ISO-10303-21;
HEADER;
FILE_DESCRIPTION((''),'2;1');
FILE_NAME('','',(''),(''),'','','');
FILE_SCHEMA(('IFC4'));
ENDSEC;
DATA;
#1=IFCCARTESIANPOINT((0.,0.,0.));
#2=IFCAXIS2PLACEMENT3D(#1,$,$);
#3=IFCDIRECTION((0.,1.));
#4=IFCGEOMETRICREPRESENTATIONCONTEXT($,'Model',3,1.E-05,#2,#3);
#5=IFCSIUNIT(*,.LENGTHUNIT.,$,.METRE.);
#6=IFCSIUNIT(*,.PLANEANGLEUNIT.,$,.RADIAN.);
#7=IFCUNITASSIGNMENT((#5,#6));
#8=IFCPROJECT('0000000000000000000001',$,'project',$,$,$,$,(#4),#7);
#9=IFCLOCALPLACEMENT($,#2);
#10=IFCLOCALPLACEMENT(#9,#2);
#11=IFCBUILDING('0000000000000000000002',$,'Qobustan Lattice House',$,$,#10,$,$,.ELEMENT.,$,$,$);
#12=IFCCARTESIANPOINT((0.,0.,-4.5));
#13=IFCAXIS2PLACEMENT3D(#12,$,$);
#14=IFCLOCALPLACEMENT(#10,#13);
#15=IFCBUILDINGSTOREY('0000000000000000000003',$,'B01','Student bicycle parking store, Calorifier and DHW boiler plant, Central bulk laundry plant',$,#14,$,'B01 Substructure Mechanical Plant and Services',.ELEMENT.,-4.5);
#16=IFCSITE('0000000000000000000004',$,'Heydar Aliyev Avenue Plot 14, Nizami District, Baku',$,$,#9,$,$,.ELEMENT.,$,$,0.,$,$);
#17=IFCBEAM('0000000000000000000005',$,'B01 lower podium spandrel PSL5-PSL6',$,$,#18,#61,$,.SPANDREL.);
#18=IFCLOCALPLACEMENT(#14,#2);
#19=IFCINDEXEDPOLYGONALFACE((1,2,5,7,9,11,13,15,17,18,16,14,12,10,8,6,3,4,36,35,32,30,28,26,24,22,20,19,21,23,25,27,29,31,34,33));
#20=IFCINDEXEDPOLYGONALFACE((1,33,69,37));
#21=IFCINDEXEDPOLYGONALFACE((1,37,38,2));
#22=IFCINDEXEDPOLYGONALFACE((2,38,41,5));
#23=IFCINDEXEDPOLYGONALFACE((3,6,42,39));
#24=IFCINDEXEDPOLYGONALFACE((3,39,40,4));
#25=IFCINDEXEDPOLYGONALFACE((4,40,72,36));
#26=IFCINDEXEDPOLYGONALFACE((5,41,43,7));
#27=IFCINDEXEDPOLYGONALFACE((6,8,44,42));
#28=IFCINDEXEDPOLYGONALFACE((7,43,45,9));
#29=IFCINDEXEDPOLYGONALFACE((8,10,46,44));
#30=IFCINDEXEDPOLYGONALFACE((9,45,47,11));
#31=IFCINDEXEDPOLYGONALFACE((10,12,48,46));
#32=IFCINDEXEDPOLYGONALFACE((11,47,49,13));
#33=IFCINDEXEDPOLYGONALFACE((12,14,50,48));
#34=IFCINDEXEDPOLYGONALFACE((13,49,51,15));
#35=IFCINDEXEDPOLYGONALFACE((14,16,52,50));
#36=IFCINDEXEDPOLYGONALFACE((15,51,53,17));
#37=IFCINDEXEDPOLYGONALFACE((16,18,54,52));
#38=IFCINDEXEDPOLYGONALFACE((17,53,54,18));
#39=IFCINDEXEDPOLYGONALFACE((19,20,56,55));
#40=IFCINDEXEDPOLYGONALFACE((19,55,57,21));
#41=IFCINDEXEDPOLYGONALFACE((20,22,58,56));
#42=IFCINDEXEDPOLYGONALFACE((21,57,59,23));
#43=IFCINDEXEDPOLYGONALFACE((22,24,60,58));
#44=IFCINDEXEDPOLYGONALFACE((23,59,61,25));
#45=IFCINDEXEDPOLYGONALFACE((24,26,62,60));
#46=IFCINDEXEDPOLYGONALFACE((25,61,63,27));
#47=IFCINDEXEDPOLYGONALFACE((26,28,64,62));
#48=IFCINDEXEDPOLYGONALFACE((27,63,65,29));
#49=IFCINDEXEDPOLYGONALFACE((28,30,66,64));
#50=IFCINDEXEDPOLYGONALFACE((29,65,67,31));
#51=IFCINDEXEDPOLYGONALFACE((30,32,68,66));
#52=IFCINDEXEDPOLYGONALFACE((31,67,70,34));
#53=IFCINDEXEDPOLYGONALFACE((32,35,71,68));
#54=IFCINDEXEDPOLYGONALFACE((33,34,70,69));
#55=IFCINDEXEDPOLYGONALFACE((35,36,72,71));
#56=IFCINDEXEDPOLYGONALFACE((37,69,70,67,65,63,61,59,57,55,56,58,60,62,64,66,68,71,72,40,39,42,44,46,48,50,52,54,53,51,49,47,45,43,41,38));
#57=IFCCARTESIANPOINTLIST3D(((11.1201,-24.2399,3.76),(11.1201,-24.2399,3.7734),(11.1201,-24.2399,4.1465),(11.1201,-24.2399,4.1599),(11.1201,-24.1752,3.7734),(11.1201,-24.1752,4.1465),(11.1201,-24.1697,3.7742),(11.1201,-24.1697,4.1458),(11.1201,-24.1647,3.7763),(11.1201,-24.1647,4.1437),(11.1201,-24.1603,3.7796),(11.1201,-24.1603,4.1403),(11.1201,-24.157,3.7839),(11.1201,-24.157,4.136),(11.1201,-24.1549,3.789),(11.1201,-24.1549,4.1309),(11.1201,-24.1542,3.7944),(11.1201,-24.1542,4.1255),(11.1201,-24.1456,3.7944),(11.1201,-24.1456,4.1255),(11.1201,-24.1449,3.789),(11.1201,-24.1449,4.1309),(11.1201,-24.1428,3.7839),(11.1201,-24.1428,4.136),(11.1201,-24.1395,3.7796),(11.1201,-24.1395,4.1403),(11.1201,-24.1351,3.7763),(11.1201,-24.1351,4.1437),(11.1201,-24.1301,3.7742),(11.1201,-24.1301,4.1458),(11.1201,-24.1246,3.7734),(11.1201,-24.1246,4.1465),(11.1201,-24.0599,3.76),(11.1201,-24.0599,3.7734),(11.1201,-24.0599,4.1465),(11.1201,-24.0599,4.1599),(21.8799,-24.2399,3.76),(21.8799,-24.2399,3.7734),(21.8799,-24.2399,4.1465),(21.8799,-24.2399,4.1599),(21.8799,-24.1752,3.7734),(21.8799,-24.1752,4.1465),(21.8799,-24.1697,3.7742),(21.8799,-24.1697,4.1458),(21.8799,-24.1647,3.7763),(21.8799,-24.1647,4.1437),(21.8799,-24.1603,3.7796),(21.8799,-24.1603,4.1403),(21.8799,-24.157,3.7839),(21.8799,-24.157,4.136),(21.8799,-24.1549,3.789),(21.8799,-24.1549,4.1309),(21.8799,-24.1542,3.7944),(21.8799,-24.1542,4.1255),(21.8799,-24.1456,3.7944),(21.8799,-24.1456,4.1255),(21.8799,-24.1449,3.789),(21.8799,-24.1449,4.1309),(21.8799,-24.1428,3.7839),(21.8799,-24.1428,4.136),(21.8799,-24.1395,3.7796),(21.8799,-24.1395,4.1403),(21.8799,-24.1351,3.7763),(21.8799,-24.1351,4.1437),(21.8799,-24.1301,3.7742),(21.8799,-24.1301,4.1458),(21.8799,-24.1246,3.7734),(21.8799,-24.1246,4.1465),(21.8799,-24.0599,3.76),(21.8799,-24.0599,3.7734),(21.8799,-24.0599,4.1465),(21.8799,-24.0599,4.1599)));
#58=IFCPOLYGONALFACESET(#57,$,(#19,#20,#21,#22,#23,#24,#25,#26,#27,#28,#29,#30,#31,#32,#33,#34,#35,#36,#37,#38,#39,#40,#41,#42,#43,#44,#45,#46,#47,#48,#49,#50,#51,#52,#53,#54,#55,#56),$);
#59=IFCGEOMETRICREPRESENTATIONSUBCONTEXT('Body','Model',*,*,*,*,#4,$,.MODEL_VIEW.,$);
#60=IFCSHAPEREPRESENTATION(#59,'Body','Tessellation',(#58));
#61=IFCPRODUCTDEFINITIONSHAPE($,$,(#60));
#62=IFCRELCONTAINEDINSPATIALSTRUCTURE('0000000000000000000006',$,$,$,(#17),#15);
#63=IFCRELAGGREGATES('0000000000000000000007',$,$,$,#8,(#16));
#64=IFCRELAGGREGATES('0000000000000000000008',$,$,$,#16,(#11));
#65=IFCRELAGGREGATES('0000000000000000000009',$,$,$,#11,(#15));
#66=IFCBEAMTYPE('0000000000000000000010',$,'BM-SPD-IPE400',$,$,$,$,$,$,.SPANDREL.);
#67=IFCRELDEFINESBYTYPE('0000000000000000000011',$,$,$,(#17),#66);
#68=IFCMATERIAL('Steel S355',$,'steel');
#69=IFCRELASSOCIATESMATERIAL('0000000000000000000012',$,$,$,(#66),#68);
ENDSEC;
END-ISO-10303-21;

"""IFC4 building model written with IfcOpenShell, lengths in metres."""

from ifc_helpers import new_model, si_unit, direction, frame, origin, origin_2d, place, context, subcontext, project, spatial, i_section, extrude, material, material_profile, profile_set, type_object, element, save


model = new_model("IFC4")

# Units and contexts
model_context = context("Model", 3, precision=1e-05, world=origin(), true_north=direction((0.0, 1.0)))
body_context = subcontext(model_context, "Body", "Model", "MODEL_VIEW")
ifc_project = project(units=[si_unit("LENGTHUNIT", "METRE"), si_unit("PLANEANGLEUNIT", "RADIAN")], contexts=[model_context])

# Site, building, storey
site_placement = place(None, origin())
site = spatial("IfcSite", under=ifc_project, at=site_placement, Name="Heydar Aliyev Avenue Plot 14, Nizami District, Baku", CompositionType="ELEMENT", RefElevation=0.0)
building_placement = place(site_placement, origin())
building = spatial("IfcBuilding", under=site, at=building_placement, Name="Qobustan Lattice House", CompositionType="ELEMENT")
storey_placement = place(building_placement, frame((0.0, 0.0, -4.5)))
storey = spatial("IfcBuildingStorey", under=building, at=storey_placement, Name="B01", Description="Student bicycle parking store, Calorifier and DHW boiler plant, Central bulk laundry plant", LongName="B01 Substructure Mechanical Plant and Services", CompositionType="ELEMENT", Elevation=-4.5)

# Beam
ifc_material_1 = material(Name="Steel S355", Category="steel")
ifc_material_profile_1 = material_profile(ifc_material_1, i_section(OverallWidth=0.1799, OverallDepth=0.3999, WebThickness=0.0085, FlangeThickness=0.0134, FilletRadius=0.021, at=origin_2d()), Name="IPE400")
ifc_profile_set_1 = profile_set([ifc_material_profile_1], Name="Steel S355")
beam_type_1 = type_object("IfcBeamType", Name="BM-SPD-IPE400", PredefinedType="SPANDREL", material=ifc_profile_set_1)
for number, where, z_axis, x_axis, name in (
    (1, (11.1201, -24.1499, 3.96), (1.0, 0.0, 0.0), (0.0, 1.0, 0.0), "B01 lower podium spandrel PSL5-PSL6"),
):
    element("IfcBeam", number, at=place(storey_placement, frame(where, z_axis=z_axis, x_axis=x_axis)), inside=storey, type_object=beam_type_1, Name=name, PredefinedType="SPANDREL", context=body_context, shape_type="SweptSolid", body=[
        extrude(i_section(OverallWidth=0.1799, OverallDepth=0.3999, WebThickness=0.0085, FlangeThickness=0.0134, FilletRadius=0.021, at=origin_2d()), origin(), (0.0, 0.0, 1.0), 10.7598),
    ])

save(model, "model.ifc")
